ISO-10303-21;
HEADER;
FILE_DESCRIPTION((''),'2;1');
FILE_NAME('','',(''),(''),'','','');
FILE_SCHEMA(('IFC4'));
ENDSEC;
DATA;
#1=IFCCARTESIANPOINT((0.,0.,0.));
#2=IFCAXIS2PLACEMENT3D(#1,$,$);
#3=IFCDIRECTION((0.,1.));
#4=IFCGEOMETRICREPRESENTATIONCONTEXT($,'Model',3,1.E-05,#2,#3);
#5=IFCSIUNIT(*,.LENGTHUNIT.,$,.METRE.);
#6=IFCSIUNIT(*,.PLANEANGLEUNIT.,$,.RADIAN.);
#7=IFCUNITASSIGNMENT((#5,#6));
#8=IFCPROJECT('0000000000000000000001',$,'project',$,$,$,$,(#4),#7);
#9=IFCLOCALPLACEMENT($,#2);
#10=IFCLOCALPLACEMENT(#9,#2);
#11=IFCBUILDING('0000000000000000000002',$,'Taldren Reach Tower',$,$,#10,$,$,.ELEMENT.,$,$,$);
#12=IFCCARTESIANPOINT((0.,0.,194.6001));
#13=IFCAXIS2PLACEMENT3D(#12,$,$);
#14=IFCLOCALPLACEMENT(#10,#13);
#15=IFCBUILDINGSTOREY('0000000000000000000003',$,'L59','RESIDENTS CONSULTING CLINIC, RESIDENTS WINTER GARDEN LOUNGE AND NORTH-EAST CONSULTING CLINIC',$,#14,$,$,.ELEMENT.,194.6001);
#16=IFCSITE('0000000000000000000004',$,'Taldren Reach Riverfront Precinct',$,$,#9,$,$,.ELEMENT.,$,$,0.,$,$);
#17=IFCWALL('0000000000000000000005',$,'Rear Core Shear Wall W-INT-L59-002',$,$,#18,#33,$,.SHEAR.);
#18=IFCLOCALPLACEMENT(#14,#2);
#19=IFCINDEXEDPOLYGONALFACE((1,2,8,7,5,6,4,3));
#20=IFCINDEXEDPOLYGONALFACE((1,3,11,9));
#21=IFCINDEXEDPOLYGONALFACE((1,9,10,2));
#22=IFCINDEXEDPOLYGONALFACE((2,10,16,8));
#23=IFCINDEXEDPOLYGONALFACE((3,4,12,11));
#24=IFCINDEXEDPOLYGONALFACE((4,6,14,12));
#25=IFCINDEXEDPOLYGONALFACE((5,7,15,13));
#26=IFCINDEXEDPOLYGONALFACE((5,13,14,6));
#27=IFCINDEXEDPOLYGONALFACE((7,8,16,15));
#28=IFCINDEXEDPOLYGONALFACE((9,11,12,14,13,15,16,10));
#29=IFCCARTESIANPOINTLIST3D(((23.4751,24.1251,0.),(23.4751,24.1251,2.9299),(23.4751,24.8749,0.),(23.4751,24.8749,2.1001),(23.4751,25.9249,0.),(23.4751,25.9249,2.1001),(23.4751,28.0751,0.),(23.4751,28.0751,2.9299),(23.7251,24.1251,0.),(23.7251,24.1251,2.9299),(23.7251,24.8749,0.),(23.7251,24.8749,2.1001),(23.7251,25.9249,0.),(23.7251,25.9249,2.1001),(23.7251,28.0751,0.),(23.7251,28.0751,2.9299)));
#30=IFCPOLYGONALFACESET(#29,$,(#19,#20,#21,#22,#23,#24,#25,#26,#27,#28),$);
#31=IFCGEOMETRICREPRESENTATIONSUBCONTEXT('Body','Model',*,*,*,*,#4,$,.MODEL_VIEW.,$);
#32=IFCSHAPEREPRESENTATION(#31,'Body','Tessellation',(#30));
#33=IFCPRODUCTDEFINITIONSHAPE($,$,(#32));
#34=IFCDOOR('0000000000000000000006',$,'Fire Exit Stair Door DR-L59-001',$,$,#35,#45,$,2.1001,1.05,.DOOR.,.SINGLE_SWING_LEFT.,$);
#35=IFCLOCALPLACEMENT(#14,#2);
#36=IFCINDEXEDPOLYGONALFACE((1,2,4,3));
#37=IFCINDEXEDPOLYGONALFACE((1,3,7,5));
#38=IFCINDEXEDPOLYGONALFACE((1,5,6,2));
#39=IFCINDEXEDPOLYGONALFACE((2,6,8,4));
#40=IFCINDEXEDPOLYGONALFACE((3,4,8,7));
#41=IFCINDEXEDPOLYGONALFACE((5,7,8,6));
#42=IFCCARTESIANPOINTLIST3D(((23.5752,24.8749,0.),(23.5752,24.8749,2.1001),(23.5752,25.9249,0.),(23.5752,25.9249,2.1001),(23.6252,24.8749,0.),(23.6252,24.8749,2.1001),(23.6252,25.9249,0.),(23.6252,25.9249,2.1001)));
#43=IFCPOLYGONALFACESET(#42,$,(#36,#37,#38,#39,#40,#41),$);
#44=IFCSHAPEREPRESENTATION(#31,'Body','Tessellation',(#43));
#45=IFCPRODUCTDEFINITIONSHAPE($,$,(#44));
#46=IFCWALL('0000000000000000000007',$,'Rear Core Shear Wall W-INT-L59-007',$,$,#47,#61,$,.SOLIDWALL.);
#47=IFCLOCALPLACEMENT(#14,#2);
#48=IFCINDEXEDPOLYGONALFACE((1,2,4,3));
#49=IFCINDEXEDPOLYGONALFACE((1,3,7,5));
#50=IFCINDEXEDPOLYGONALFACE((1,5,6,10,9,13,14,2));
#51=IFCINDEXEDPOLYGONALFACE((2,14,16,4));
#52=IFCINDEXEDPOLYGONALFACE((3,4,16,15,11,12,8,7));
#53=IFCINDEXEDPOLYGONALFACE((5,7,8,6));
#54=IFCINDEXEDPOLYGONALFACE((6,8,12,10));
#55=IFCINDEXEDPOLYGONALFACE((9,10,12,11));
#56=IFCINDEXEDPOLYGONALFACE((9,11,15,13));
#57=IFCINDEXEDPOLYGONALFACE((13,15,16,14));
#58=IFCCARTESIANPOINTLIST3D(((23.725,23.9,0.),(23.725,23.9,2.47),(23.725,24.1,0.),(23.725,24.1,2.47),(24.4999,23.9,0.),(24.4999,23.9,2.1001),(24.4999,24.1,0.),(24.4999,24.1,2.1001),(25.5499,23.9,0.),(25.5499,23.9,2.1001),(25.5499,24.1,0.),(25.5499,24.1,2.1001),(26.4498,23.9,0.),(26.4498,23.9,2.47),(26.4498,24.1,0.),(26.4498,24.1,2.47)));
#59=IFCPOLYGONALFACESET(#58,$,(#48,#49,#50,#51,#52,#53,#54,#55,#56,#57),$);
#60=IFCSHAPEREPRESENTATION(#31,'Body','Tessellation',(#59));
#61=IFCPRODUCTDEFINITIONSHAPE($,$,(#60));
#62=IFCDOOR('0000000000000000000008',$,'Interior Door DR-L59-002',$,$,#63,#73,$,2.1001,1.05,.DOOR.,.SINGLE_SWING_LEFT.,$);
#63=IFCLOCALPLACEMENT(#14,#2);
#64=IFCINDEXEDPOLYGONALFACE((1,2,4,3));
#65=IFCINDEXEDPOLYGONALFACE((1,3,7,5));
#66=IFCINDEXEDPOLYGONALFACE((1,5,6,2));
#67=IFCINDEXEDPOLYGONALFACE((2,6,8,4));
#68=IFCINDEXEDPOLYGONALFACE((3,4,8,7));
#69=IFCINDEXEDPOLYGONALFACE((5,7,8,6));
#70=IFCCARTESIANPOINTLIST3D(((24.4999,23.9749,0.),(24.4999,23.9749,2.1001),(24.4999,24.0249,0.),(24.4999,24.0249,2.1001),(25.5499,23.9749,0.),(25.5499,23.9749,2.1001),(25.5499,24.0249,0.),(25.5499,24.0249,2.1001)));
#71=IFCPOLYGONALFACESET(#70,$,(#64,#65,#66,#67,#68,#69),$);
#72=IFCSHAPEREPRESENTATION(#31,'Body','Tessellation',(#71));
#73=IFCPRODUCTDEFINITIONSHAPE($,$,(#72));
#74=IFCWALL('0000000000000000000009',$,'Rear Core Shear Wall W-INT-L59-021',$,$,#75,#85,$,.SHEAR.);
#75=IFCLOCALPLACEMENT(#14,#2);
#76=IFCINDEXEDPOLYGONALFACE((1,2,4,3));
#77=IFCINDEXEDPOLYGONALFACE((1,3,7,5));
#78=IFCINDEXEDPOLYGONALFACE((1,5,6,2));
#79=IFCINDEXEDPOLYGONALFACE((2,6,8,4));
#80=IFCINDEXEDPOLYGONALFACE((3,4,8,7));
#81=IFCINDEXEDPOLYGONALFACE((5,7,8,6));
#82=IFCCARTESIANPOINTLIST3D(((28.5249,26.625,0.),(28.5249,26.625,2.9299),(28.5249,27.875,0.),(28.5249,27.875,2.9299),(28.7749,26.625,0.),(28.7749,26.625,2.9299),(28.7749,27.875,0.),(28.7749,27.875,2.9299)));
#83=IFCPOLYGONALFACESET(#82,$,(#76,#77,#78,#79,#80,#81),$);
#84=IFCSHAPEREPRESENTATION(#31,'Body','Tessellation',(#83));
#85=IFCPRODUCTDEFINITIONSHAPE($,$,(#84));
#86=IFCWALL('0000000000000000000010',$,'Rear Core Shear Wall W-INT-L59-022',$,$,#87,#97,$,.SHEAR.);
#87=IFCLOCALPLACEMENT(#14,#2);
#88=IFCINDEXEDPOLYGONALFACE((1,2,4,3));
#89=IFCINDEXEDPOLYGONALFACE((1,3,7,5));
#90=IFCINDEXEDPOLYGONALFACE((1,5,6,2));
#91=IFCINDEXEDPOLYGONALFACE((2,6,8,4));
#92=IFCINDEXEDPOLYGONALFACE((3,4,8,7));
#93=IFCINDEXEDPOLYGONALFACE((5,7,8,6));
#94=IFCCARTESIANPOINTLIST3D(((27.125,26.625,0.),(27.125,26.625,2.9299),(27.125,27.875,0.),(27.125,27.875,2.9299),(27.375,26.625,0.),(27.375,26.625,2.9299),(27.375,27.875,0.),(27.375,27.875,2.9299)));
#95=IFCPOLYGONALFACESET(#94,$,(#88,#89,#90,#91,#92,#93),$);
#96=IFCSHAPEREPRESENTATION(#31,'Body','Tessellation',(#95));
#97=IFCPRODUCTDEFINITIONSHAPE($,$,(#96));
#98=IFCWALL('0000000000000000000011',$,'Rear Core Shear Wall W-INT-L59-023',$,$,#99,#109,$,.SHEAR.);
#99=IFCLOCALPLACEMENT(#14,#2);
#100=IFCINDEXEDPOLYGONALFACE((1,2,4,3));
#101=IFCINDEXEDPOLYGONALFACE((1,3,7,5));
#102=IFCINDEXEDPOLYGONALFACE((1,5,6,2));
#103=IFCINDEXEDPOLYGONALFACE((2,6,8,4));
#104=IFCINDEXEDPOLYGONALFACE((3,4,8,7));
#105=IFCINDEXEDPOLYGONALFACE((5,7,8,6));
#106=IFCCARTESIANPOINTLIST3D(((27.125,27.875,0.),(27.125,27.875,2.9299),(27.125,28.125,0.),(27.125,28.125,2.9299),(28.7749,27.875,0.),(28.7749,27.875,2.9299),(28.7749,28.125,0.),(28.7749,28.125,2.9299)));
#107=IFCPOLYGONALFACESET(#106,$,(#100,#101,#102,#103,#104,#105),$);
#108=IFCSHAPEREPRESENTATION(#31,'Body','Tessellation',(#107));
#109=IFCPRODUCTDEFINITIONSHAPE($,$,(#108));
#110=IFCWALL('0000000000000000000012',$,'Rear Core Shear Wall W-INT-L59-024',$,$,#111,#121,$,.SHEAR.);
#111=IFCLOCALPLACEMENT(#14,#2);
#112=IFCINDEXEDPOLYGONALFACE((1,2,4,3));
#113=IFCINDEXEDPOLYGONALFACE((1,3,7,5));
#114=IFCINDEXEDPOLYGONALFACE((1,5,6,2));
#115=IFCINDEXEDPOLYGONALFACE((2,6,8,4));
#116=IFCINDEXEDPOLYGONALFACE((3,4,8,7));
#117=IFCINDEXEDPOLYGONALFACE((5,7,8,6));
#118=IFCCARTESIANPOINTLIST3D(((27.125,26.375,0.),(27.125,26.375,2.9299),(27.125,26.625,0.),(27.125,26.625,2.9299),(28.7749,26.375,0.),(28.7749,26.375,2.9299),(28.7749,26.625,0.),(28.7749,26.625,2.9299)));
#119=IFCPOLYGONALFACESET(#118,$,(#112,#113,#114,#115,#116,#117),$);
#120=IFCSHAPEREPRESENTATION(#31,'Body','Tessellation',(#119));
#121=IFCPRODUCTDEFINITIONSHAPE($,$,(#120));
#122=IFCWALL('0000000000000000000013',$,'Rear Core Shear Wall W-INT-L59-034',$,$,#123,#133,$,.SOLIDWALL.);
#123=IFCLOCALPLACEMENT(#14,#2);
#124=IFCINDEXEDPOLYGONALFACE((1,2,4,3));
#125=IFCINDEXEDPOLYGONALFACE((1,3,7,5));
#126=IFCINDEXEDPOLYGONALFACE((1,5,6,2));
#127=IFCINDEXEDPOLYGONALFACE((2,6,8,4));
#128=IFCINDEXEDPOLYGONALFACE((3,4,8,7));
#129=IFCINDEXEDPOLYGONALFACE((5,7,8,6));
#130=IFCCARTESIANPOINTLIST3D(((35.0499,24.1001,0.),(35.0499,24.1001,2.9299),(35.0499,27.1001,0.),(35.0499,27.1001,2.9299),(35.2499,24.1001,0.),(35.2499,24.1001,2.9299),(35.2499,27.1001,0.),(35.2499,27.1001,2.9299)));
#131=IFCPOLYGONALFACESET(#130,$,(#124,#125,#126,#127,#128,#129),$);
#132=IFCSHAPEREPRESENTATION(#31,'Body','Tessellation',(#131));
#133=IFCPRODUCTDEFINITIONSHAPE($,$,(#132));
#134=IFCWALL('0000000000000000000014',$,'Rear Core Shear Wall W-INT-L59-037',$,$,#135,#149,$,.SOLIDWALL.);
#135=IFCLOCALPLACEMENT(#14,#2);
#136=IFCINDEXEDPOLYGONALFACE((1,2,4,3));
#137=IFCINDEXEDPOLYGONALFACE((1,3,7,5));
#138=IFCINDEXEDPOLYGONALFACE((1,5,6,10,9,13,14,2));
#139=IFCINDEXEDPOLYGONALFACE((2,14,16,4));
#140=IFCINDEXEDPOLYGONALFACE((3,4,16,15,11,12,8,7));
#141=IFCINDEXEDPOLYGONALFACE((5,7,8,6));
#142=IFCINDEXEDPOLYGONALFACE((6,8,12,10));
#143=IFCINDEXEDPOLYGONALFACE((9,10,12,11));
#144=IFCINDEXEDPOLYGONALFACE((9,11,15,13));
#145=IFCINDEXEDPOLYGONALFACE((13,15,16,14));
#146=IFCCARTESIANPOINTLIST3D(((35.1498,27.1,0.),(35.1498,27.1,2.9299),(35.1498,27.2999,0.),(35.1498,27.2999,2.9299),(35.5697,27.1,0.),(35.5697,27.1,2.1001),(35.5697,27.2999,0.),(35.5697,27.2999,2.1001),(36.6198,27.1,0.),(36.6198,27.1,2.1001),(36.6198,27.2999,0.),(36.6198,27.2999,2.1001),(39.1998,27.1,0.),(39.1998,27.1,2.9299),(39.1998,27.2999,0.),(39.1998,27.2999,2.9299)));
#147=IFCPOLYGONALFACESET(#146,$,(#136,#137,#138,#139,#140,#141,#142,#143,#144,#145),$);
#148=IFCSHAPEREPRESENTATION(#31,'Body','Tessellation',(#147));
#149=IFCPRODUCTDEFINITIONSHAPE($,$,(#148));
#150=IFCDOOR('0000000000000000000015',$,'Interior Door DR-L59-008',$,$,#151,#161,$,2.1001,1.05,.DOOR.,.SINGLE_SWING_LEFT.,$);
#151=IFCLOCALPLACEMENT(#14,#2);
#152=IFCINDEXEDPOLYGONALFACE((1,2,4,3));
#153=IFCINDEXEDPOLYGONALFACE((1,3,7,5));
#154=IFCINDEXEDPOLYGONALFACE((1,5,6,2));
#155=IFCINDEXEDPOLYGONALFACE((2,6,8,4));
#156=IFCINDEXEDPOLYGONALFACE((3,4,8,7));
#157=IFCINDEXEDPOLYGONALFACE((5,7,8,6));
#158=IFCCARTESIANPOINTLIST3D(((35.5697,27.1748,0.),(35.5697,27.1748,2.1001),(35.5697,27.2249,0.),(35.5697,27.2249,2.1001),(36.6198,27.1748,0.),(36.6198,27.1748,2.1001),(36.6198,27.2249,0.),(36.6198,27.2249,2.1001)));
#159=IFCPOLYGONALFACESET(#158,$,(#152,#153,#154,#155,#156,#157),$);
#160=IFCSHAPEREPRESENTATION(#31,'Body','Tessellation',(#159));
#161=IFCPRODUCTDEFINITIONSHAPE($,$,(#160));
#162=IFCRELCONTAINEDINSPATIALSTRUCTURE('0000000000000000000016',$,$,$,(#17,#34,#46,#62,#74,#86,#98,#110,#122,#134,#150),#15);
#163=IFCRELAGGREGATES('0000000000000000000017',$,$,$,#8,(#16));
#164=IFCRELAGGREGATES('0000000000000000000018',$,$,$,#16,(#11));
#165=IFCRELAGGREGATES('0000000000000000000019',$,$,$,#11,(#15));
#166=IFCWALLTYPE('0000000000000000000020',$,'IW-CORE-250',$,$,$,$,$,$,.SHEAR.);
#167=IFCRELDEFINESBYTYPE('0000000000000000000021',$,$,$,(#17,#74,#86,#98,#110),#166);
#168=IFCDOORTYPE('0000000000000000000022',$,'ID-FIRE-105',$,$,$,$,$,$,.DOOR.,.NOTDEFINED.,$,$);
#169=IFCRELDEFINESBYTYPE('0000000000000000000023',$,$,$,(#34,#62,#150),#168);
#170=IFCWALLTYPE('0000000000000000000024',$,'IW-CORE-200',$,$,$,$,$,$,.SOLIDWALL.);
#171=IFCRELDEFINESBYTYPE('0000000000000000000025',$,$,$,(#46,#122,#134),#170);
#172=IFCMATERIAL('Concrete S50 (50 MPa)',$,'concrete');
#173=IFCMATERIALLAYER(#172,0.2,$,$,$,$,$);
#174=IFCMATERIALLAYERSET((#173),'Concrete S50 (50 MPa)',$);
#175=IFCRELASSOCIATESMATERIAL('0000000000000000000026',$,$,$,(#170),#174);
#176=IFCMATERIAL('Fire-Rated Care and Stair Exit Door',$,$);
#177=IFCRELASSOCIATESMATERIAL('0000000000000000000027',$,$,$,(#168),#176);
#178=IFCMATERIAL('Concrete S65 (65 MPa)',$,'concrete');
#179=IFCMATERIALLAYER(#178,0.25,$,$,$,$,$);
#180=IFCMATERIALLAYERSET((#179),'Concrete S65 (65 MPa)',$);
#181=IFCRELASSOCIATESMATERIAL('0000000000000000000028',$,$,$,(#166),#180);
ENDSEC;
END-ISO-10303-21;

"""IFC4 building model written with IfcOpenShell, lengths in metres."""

from ifc_helpers import new_model, si_unit, direction, frame, frame_2d, origin, place, context, subcontext, project, spatial, rectangle, extrude, source, transform, mapped, material, layer, layer_set, type_object, element, fill, save


model = new_model("IFC4")

# Units and contexts
model_context = context("Model", 3, precision=1e-05, world=origin(), true_north=direction((0.0, 1.0)))
body_context = subcontext(model_context, "Body", "Model", "MODEL_VIEW")
ifc_project = project(units=[si_unit("LENGTHUNIT", "METRE"), si_unit("PLANEANGLEUNIT", "RADIAN")], contexts=[model_context])

# Site, building, storey
site_placement = place(None, origin())
site = spatial("IfcSite", under=ifc_project, at=site_placement, Name="Taldren Reach Riverfront Precinct", CompositionType="ELEMENT", RefElevation=0.0)
building_placement = place(site_placement, origin())
building = spatial("IfcBuilding", under=site, at=building_placement, Name="Taldren Reach Tower", CompositionType="ELEMENT")
storey_placement = place(building_placement, frame((0.0, 0.0, 194.6001)))
storey = spatial("IfcBuildingStorey", under=building, at=storey_placement, Name="L59", Description="RESIDENTS CONSULTING CLINIC, RESIDENTS WINTER GARDEN LOUNGE AND NORTH-EAST CONSULTING CLINIC", CompositionType="ELEMENT", Elevation=194.6001)

# Shared definitions
ifc_material_1 = material(Name="Concrete S50 (50 MPa)", Category="concrete")
ifc_layer_1 = layer(ifc_material_1, 0.2)
ifc_layer_set_1 = layer_set([ifc_layer_1], Name="Concrete S50 (50 MPa)")
wall_type_1 = type_object("IfcWallType", Name="IW-CORE-200", PredefinedType="SOLIDWALL", material=ifc_layer_set_1)
shared_shape_1 = source(origin(), body_context, "Body", "SweptSolid", [
    extrude(rectangle(XDim=1.05, YDim=2.1001, at=frame_2d((0.5249, 1.05))), frame((0.0, 0.1099, 0.0), z_axis=(0.0, -1.0, 0.0), x_axis=(1.0, 0.0, 0.0)), (0.0, 0.0, 1.0), 0.22),
])
ifc_material_2 = material(Name="Fire-Rated Care and Stair Exit Door")
door_type_1 = type_object("IfcDoorType", Name="ID-FIRE-105", OperationType="NOTDEFINED", PredefinedType="DOOR", material=ifc_material_2)
shared_shape_2 = source(origin(), body_context, "Body", "SweptSolid", [
    extrude(rectangle(XDim=1.05, YDim=2.1001, at=frame_2d((0.5249, 1.05))), frame((0.0, 0.0249, 0.0), z_axis=(0.0, -1.0, 0.0), x_axis=(1.0, 0.0, 0.0)), (0.0, 0.0, 1.0), 0.05),
])

# Walls, openings, doors
ifc_material_3 = material(Name="Concrete S65 (65 MPa)", Category="concrete")
ifc_layer_2 = layer(ifc_material_3, 0.25)
ifc_layer_set_2 = layer_set([ifc_layer_2], Name="Concrete S65 (65 MPa)")
wall_type_2 = type_object("IfcWallType", Name="IW-CORE-250", PredefinedType="SHEAR", material=ifc_layer_set_2)
shared_shape_3 = source(origin(), body_context, "Body", "SweptSolid", [
    extrude(rectangle(XDim=3.95, YDim=0.25, at=frame_2d((1.9751, 0.0))), origin(), (0.0, 0.0, 1.0), 2.9299),
])
wall_1_placement = place(storey_placement, frame((23.6001, 24.125, 0.0), z_axis=(0.0, 0.0, 1.0), x_axis=(0.0, 1.0, 0.0)))
wall_1 = element("IfcWall", 1, at=wall_1_placement, inside=storey, type_object=wall_type_2, Name="Rear Core Shear Wall W-INT-L59-002", PredefinedType="SHEAR", context=body_context, shape_type="MappedRepresentation", body=[
    mapped(shared_shape_3, transform((0.0, 0.0, 0.0), scale=1.0)),
])
shared_shape_4 = source(origin(), body_context, "Body", "SweptSolid", [
    extrude(rectangle(XDim=1.05, YDim=2.1001, at=frame_2d((0.5249, 1.05))), frame((0.0, 0.135, 0.0), z_axis=(0.0, -1.0, 0.0), x_axis=(1.0, 0.0, 0.0)), (0.0, 0.0, 1.0), 0.27),
])
opening_1_placement = place(wall_1_placement, frame((0.75, 0.0, 0.0)))
opening_1 = element("IfcOpeningElement", 2, at=opening_1_placement, cuts=wall_1, PredefinedType="OPENING", context=body_context, shape_type="MappedRepresentation", body=[
    mapped(shared_shape_4, transform((0.0, 0.0, 0.0), scale=1.0)),
])
door_1_placement = place(opening_1_placement, origin())
door_1 = element("IfcDoor", 3, at=door_1_placement, inside=storey, type_object=door_type_1, Name="Fire Exit Stair Door DR-L59-001", OperationType="SINGLE_SWING_LEFT", OverallHeight=2.1001, OverallWidth=1.05, PredefinedType="DOOR", context=body_context, shape_type="MappedRepresentation", body=[
    mapped(shared_shape_2, transform((0.0, 0.0, 0.0), scale=1.0)),
])
fill(opening_1, door_1)
shared_shape_5 = source(origin(), body_context, "Body", "SweptSolid", [
    extrude(rectangle(XDim=2.7249, YDim=0.2, at=frame_2d((1.3623, 0.0))), origin(), (0.0, 0.0, 1.0), 2.47),
])
wall_2_placement = place(storey_placement, frame((23.7251, 24.0, 0.0), z_axis=(0.0, 0.0, 1.0), x_axis=(1.0, 0.0, 0.0)))
wall_2 = element("IfcWall", 4, at=wall_2_placement, inside=storey, type_object=wall_type_1, Name="Rear Core Shear Wall W-INT-L59-007", PredefinedType="SOLIDWALL", context=body_context, shape_type="MappedRepresentation", body=[
    mapped(shared_shape_5, transform((0.0, 0.0, 0.0), scale=1.0)),
])
opening_2_placement = place(wall_2_placement, frame((0.7749, 0.0, 0.0)))
opening_2 = element("IfcOpeningElement", 5, at=opening_2_placement, cuts=wall_2, PredefinedType="OPENING", context=body_context, shape_type="MappedRepresentation", body=[
    mapped(shared_shape_1, transform((0.0, 0.0, 0.0), scale=1.0)),
])
door_2_placement = place(opening_2_placement, origin())
door_2 = element("IfcDoor", 6, at=door_2_placement, inside=storey, type_object=door_type_1, Name="Interior Door DR-L59-002", OperationType="SINGLE_SWING_LEFT", OverallHeight=2.1001, OverallWidth=1.05, PredefinedType="DOOR", context=body_context, shape_type="MappedRepresentation", body=[
    mapped(shared_shape_2, transform((0.0, 0.0, 0.0), scale=1.0)),
])
fill(opening_2, door_2)

# Walls
shared_shape_6 = source(origin(), body_context, "Body", "SweptSolid", [
    extrude(rectangle(XDim=1.25, YDim=0.25, at=frame_2d((0.625, 0.0))), origin(), (0.0, 0.0, 1.0), 2.9299),
])
for number, where, z_axis, x_axis, name in (
    (7, (28.6499, 26.625, 0.0), (0.0, 0.0, 1.0), (0.0, 1.0, 0.0), "Rear Core Shear Wall W-INT-L59-021"),
    (8, (27.25, 27.875, 0.0), (0.0, 0.0, 1.0), (0.0, -1.0, 0.0), "Rear Core Shear Wall W-INT-L59-022"),
):
    element("IfcWall", number, at=place(storey_placement, frame(where, z_axis=z_axis, x_axis=x_axis)), inside=storey, type_object=wall_type_2, Name=name, PredefinedType="SHEAR", context=body_context, shape_type="MappedRepresentation", body=[
        mapped(shared_shape_6, transform((0.0, 0.0, 0.0), scale=1.0)),
    ])
shared_shape_7 = source(origin(), body_context, "Body", "SweptSolid", [
    extrude(rectangle(XDim=1.6499, YDim=0.25, at=frame_2d((0.825, 0.0))), origin(), (0.0, 0.0, 1.0), 2.9299),
])
for number, where, z_axis, x_axis, name in (
    (9, (28.7749, 28.0, 0.0), (0.0, 0.0, 1.0), (-1.0, 0.0, 0.0), "Rear Core Shear Wall W-INT-L59-023"),
    (10, (27.125, 26.5, 0.0), (0.0, 0.0, 1.0), (1.0, 0.0, 0.0), "Rear Core Shear Wall W-INT-L59-024"),
):
    element("IfcWall", number, at=place(storey_placement, frame(where, z_axis=z_axis, x_axis=x_axis)), inside=storey, type_object=wall_type_2, Name=name, PredefinedType="SHEAR", context=body_context, shape_type="MappedRepresentation", body=[
        mapped(shared_shape_7, transform((0.0, 0.0, 0.0), scale=1.0)),
    ])
shared_shape_8 = source(origin(), body_context, "Body", "SweptSolid", [
    extrude(rectangle(XDim=3.0, YDim=0.2, at=frame_2d((1.5, 0.0))), origin(), (0.0, 0.0, 1.0), 2.9299),
])
wall_3_placement = place(storey_placement, frame((35.1499, 27.1001, 0.0), z_axis=(0.0, 0.0, 1.0), x_axis=(0.0, -1.0, 0.0)))
element("IfcWall", 11, at=wall_3_placement, inside=storey, type_object=wall_type_1, Name="Rear Core Shear Wall W-INT-L59-034", PredefinedType="SOLIDWALL", context=body_context, shape_type="MappedRepresentation", body=[
    mapped(shared_shape_8, transform((0.0, 0.0, 0.0), scale=1.0)),
])

# Wall, opening, door
shared_shape_9 = source(origin(), body_context, "Body", "SweptSolid", [
    extrude(rectangle(XDim=4.05, YDim=0.2, at=frame_2d((2.0249, 0.0))), origin(), (0.0, 0.0, 1.0), 2.9299),
])
wall_4_placement = place(storey_placement, frame((35.1499, 27.2, 0.0), z_axis=(0.0, 0.0, 1.0), x_axis=(1.0, 0.0, 0.0)))
wall_4 = element("IfcWall", 12, at=wall_4_placement, inside=storey, type_object=wall_type_1, Name="Rear Core Shear Wall W-INT-L59-037", PredefinedType="SOLIDWALL", context=body_context, shape_type="MappedRepresentation", body=[
    mapped(shared_shape_9, transform((0.0, 0.0, 0.0), scale=1.0)),
])
opening_3_placement = place(wall_4_placement, frame((0.4199, 0.0, 0.0)))
opening_3 = element("IfcOpeningElement", 13, at=opening_3_placement, cuts=wall_4, PredefinedType="OPENING", context=body_context, shape_type="MappedRepresentation", body=[
    mapped(shared_shape_1, transform((0.0, 0.0, 0.0), scale=1.0)),
])
door_3_placement = place(opening_3_placement, origin())
door_3 = element("IfcDoor", 14, at=door_3_placement, inside=storey, type_object=door_type_1, Name="Interior Door DR-L59-008", OperationType="SINGLE_SWING_LEFT", OverallHeight=2.1001, OverallWidth=1.05, PredefinedType="DOOR", context=body_context, shape_type="MappedRepresentation", body=[
    mapped(shared_shape_2, transform((0.0, 0.0, 0.0), scale=1.0)),
])
fill(opening_3, door_3)

save(model, "model.ifc")
